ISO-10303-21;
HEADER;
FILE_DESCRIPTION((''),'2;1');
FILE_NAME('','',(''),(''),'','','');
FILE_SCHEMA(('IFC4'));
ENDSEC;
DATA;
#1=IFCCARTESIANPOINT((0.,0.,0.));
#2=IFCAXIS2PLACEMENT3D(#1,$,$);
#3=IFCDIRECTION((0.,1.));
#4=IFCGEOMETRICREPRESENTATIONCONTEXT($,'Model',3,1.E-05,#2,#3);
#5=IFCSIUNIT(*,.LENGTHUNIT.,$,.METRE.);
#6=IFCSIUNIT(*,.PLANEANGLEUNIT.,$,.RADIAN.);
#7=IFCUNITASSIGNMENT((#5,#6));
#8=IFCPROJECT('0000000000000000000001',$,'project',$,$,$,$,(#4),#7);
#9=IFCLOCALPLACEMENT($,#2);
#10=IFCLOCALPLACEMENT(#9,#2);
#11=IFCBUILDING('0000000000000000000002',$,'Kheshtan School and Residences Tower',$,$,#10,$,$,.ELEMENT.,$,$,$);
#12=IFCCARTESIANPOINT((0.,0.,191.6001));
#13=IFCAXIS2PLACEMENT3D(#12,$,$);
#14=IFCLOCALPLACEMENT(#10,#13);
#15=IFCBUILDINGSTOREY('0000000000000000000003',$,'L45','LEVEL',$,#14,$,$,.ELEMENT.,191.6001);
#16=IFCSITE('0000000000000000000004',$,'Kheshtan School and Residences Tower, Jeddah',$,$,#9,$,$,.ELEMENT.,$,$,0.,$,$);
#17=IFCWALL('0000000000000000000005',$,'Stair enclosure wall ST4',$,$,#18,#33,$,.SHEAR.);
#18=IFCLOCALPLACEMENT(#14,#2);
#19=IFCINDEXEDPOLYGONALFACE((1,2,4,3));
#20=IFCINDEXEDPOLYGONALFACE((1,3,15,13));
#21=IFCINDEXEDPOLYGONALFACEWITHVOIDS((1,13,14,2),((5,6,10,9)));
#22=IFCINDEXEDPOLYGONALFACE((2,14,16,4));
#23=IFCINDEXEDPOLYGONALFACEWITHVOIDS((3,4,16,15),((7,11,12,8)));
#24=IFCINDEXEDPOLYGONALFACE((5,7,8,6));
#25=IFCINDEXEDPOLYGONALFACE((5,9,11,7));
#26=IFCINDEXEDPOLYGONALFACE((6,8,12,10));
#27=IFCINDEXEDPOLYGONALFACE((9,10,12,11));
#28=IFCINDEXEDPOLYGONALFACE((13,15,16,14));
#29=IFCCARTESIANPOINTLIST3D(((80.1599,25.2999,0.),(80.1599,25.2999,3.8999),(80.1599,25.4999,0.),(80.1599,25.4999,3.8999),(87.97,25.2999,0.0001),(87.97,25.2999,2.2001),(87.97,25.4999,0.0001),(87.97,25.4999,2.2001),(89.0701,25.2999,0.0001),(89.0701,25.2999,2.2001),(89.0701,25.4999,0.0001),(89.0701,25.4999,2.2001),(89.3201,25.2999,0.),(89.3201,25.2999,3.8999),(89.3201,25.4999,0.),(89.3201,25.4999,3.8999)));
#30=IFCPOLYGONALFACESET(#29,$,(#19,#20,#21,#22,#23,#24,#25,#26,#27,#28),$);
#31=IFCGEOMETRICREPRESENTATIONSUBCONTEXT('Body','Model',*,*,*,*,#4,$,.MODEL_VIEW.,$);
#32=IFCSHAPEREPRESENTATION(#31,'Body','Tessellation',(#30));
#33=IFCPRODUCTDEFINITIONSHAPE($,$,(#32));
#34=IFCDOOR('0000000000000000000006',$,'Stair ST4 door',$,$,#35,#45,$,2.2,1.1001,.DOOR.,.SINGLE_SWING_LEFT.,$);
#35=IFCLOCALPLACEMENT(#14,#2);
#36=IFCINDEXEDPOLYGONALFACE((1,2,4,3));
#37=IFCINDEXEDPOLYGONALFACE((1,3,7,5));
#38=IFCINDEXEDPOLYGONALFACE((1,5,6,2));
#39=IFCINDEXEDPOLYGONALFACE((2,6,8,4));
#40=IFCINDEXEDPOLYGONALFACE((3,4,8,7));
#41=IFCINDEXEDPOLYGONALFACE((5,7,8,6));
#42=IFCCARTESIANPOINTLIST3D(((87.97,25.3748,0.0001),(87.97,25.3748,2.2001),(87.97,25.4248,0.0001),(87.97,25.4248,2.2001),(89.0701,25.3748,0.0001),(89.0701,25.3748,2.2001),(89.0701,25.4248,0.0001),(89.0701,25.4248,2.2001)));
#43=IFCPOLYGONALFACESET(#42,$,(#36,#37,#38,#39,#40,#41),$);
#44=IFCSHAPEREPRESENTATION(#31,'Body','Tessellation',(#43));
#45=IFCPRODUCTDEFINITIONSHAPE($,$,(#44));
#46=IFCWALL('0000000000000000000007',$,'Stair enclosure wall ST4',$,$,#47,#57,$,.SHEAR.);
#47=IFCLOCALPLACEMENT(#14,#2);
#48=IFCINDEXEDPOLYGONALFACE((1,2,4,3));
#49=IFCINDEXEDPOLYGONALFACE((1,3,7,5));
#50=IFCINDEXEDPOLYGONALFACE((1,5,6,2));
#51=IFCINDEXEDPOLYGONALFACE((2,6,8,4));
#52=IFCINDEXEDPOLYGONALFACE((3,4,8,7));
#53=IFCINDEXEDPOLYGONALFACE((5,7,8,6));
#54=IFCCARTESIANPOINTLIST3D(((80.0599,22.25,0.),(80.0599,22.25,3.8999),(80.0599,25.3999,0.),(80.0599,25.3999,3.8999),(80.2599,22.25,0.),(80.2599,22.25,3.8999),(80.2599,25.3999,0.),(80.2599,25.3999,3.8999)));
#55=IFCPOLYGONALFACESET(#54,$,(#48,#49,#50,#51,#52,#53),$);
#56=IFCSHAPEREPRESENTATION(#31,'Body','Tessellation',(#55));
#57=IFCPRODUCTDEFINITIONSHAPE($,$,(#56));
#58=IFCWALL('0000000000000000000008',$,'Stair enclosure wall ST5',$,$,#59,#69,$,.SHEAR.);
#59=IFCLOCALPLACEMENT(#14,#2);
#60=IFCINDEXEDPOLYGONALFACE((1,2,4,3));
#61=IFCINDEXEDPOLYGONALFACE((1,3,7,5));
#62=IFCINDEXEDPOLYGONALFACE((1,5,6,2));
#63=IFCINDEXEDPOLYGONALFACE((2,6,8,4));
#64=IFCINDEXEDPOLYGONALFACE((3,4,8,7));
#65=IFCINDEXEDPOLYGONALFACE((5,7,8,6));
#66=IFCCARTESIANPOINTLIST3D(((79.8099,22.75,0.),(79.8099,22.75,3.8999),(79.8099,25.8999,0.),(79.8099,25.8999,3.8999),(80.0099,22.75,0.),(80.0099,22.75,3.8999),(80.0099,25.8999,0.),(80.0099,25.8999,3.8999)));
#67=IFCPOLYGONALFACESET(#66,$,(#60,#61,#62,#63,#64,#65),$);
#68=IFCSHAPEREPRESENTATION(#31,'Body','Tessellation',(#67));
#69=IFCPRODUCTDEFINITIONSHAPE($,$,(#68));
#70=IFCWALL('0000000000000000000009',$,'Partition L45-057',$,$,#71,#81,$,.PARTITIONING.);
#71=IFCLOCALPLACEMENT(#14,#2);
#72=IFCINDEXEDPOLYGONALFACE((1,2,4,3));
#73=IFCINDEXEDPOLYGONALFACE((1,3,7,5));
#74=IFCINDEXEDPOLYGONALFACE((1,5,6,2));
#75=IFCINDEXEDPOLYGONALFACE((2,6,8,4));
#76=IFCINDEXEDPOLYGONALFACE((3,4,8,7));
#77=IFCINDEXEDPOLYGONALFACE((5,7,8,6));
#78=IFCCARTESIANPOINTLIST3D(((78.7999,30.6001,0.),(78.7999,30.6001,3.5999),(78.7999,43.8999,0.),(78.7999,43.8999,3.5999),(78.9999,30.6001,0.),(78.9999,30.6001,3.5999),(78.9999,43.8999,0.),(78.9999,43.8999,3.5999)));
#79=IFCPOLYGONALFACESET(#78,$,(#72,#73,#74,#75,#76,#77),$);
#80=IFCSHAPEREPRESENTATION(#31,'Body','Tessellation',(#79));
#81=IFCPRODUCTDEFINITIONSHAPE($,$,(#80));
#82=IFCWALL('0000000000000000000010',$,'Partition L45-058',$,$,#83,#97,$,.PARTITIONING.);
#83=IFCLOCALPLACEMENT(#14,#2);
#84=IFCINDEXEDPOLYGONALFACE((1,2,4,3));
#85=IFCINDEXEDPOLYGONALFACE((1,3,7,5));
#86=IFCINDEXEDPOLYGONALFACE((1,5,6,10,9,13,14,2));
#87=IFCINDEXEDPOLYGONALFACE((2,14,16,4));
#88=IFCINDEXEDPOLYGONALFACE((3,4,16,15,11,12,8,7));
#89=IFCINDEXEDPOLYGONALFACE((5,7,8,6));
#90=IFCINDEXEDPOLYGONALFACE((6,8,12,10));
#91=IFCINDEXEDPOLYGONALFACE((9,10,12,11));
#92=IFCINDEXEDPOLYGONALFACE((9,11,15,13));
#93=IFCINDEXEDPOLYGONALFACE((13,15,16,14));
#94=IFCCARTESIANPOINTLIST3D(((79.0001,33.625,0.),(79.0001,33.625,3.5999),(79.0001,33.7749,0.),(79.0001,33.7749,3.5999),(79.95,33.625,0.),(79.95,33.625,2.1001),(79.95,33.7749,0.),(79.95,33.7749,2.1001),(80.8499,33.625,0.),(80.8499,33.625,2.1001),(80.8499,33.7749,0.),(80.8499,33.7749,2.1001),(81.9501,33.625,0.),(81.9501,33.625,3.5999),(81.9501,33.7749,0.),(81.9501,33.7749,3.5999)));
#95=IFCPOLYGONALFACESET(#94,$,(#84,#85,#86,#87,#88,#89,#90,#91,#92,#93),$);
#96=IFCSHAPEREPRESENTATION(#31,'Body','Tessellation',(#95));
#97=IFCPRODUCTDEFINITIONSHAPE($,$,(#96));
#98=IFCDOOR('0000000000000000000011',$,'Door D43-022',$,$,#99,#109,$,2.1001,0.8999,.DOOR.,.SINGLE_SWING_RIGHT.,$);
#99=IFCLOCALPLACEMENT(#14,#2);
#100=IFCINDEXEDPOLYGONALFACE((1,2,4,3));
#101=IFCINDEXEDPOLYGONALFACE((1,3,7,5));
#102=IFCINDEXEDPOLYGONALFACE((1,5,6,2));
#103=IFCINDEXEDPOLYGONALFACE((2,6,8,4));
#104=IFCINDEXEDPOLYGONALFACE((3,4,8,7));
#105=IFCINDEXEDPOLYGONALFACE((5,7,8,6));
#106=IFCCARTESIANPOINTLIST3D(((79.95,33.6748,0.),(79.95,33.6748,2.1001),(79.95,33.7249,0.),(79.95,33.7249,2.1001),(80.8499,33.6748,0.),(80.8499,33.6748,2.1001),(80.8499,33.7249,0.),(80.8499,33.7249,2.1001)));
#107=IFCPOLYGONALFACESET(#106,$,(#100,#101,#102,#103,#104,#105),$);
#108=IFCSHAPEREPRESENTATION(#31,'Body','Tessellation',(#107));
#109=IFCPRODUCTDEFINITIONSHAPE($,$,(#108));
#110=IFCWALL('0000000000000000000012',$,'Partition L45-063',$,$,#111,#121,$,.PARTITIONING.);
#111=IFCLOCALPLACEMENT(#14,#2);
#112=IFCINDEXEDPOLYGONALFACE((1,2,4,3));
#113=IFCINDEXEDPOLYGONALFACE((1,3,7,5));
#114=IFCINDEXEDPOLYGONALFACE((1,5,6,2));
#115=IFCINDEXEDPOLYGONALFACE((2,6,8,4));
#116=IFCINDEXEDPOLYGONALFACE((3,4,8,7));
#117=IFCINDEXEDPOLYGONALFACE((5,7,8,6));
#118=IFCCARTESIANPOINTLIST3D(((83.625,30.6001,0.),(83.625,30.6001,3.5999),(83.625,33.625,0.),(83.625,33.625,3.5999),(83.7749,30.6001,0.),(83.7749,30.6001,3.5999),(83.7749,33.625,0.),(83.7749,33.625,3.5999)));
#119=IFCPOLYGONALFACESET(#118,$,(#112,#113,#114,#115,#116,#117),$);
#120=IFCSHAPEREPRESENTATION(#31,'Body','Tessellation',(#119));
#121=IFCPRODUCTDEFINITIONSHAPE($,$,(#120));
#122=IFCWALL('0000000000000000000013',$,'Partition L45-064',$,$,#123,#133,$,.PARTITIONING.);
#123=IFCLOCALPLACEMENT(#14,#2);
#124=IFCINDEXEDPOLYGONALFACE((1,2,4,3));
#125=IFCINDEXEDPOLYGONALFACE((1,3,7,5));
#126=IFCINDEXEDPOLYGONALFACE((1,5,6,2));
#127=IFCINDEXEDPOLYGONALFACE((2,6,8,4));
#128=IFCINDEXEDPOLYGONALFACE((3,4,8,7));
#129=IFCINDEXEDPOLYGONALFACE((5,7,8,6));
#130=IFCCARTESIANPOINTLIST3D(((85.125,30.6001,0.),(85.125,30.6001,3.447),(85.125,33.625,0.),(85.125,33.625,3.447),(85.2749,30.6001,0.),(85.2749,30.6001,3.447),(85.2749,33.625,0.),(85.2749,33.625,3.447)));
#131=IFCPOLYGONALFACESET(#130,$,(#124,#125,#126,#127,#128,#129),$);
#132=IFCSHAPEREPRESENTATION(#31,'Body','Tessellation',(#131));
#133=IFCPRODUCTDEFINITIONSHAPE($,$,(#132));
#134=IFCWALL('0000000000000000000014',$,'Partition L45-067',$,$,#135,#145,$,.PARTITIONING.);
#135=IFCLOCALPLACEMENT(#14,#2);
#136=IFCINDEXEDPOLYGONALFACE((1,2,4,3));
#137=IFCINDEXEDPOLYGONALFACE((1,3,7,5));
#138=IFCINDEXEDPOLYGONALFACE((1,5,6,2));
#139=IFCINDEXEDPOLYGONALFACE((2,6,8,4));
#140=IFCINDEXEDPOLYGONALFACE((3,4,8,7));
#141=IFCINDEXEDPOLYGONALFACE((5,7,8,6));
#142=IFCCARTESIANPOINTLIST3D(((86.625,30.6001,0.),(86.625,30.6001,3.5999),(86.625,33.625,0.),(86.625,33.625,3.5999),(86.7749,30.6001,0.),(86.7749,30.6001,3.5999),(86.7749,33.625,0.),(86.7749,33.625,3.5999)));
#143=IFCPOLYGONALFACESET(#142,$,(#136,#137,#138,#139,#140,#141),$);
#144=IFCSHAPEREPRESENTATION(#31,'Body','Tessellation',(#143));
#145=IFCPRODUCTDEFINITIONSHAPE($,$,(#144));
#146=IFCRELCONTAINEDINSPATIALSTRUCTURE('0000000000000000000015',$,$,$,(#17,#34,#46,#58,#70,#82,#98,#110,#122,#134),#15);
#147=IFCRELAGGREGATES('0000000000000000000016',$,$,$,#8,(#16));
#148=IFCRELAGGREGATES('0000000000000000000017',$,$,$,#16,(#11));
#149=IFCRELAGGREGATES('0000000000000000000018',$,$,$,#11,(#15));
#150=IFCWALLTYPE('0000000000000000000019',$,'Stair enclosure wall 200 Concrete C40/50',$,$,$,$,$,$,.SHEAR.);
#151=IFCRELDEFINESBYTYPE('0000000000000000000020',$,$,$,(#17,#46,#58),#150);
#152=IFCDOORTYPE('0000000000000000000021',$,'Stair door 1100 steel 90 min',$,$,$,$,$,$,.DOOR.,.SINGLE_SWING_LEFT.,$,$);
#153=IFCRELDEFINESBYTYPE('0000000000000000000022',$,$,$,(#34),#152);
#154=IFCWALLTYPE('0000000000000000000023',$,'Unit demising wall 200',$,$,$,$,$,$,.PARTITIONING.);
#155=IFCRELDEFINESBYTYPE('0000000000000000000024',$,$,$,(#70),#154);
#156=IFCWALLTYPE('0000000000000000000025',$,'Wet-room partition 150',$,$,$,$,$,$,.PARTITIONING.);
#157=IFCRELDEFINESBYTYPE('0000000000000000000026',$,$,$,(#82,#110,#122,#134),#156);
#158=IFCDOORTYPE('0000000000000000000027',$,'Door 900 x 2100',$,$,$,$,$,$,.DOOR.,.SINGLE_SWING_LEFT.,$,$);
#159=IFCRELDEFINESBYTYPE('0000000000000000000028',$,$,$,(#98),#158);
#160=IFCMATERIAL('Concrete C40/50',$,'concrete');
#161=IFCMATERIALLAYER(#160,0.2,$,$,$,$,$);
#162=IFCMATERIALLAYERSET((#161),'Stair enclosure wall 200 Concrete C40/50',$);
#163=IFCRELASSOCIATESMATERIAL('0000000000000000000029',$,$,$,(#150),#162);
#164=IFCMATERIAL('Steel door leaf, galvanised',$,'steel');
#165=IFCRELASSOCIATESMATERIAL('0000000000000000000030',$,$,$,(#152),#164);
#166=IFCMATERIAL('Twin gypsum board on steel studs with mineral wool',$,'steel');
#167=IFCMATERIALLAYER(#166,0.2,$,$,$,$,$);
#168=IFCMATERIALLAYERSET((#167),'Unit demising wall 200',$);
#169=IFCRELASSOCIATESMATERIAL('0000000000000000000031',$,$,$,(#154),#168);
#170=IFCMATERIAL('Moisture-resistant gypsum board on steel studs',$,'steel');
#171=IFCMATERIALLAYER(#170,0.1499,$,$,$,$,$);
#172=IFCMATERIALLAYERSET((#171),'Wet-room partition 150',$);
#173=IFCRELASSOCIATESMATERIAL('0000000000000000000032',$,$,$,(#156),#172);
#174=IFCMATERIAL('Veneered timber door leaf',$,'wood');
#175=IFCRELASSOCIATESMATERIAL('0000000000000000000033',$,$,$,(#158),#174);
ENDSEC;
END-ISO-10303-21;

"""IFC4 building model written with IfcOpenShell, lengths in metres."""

from ifc_helpers import new_model, si_unit, direction, frame, frame_2d, origin, place, context, subcontext, project, spatial, rectangle, extrude, source, transform, mapped, material, layer, layer_set, type_object, element, fill, save


model = new_model("IFC4")

# Units and contexts
model_context = context("Model", 3, precision=1e-05, world=origin(), true_north=direction((0.0, 1.0)))
body_context = subcontext(model_context, "Body", "Model", "MODEL_VIEW")
ifc_project = project(units=[si_unit("LENGTHUNIT", "METRE"), si_unit("PLANEANGLEUNIT", "RADIAN")], contexts=[model_context])

# Site, building, storey
site_placement = place(None, origin())
site = spatial("IfcSite", under=ifc_project, at=site_placement, Name="Kheshtan School and Residences Tower, Jeddah", CompositionType="ELEMENT", RefElevation=0.0)
building_placement = place(site_placement, origin())
building = spatial("IfcBuilding", under=site, at=building_placement, Name="Kheshtan School and Residences Tower", CompositionType="ELEMENT")
storey_placement = place(building_placement, frame((0.0, 0.0, 191.6001)))
storey = spatial("IfcBuildingStorey", under=building, at=storey_placement, Name="L45", Description="LEVEL", CompositionType="ELEMENT", Elevation=191.6001)

# Shared definitions
ifc_material_1 = material(Name="Concrete C40/50", Category="concrete")
ifc_layer_1 = layer(ifc_material_1, 0.2)
ifc_layer_set_1 = layer_set([ifc_layer_1], Name="Stair enclosure wall 200 Concrete C40/50")
wall_type_1 = type_object("IfcWallType", Name="Stair enclosure wall 200 Concrete C40/50", PredefinedType="SHEAR", material=ifc_layer_set_1)

# Wall, opening, door
wall_1_placement = place(storey_placement, frame((80.1599, 25.3999, 0.0), z_axis=(0.0, 0.0, 1.0), x_axis=(1.0, 0.0, 0.0)))
wall_1 = element("IfcWall", 1, at=wall_1_placement, inside=storey, type_object=wall_type_1, Name="Stair enclosure wall ST4", PredefinedType="SHEAR", context=body_context, shape_type="SweptSolid", body=[
    extrude(rectangle(XDim=9.1602, YDim=0.2, at=frame_2d((4.5801, 0.0))), origin(), (0.0, 0.0, 1.0), 3.8999),
])
opening_1_placement = place(wall_1_placement, frame((7.8101, 0.0, 0.0)))
opening_1 = element("IfcOpeningElement", 2, at=opening_1_placement, cuts=wall_1, PredefinedType="OPENING", context=body_context, shape_type="SweptSolid", body=[
    extrude(rectangle(XDim=1.1001, YDim=2.2, at=frame_2d((0.55, 1.1001))), frame((0.0, 0.1099, 0.0), z_axis=(0.0, -1.0, 0.0), x_axis=(1.0, 0.0, 0.0)), (0.0, 0.0, 1.0), 0.22),
])
ifc_material_2 = material(Name="Steel door leaf, galvanised", Category="steel")
door_type_1 = type_object("IfcDoorType", Name="Stair door 1100 steel 90 min", OperationType="SINGLE_SWING_LEFT", PredefinedType="DOOR", material=ifc_material_2)
shared_shape_1 = source(origin(), body_context, "Body", "SweptSolid", [
    extrude(rectangle(XDim=1.1001, YDim=2.2, at=frame_2d((0.55, 1.1001))), frame((0.0, 0.0249, 0.0), z_axis=(0.0, -1.0, 0.0), x_axis=(1.0, 0.0, 0.0)), (0.0, 0.0, 1.0), 0.05),
])
door_1_placement = place(opening_1_placement, origin())
door_1 = element("IfcDoor", 3, at=door_1_placement, inside=storey, type_object=door_type_1, Name="Stair ST4 door", OperationType="SINGLE_SWING_LEFT", OverallHeight=2.2, OverallWidth=1.1001, PredefinedType="DOOR", context=body_context, shape_type="MappedRepresentation", body=[
    mapped(shared_shape_1, transform((0.0, 0.0, 0.0), x_axis=(1.0, 0.0, 0.0), y_axis=(0.0, 1.0, 0.0), z_axis=(0.0, 0.0, 1.0), scale=1.0)),
])
fill(opening_1, door_1)

# Walls
for number, where, z_axis, x_axis, name in (
    (4, (80.1599, 22.25, 0.0), (0.0, 0.0, 1.0), (0.0, 1.0, 0.0), "Stair enclosure wall ST4"),
    (5, (79.9099, 22.75, 0.0), (0.0, 0.0, 1.0), (0.0, 1.0, 0.0), "Stair enclosure wall ST5"),
):
    element("IfcWall", number, at=place(storey_placement, frame(where, z_axis=z_axis, x_axis=x_axis)), inside=storey, type_object=wall_type_1, Name=name, PredefinedType="SHEAR", context=body_context, shape_type="SweptSolid", body=[
        extrude(rectangle(XDim=3.1499, YDim=0.2, at=frame_2d((1.575, 0.0))), origin(), (0.0, 0.0, 1.0), 3.8999),
    ])
ifc_material_3 = material(Name="Twin gypsum board on steel studs with mineral wool", Category="steel")
ifc_layer_2 = layer(ifc_material_3, 0.2)
ifc_layer_set_2 = layer_set([ifc_layer_2], Name="Unit demising wall 200")
wall_type_2 = type_object("IfcWallType", Name="Unit demising wall 200", PredefinedType="PARTITIONING", material=ifc_layer_set_2)
wall_2_placement = place(storey_placement, frame((78.8999, 30.6001, 0.0), z_axis=(0.0, 0.0, 1.0), x_axis=(0.0, 1.0, 0.0)))
element("IfcWall", 6, at=wall_2_placement, inside=storey, type_object=wall_type_2, Name="Partition L45-057", PredefinedType="PARTITIONING", context=body_context, shape_type="SweptSolid", body=[
    extrude(rectangle(XDim=13.2998, YDim=0.2, at=frame_2d((6.6499, 0.0))), origin(), (0.0, 0.0, 1.0), 3.5999),
])

# Wall, opening, door
ifc_material_4 = material(Name="Moisture-resistant gypsum board on steel studs", Category="steel")
ifc_layer_3 = layer(ifc_material_4, 0.1499)
ifc_layer_set_3 = layer_set([ifc_layer_3], Name="Wet-room partition 150")
wall_type_3 = type_object("IfcWallType", Name="Wet-room partition 150", PredefinedType="PARTITIONING", material=ifc_layer_set_3)
wall_3_placement = place(storey_placement, frame((79.0, 33.7, 0.0), z_axis=(0.0, 0.0, 1.0), x_axis=(1.0, 0.0, 0.0)))
wall_3 = element("IfcWall", 7, at=wall_3_placement, inside=storey, type_object=wall_type_3, Name="Partition L45-058", PredefinedType="PARTITIONING", context=body_context, shape_type="SweptSolid", body=[
    extrude(rectangle(XDim=2.95, YDim=0.1499, at=frame_2d((1.4751, 0.0))), origin(), (0.0, 0.0, 1.0), 3.5999),
])
opening_2_placement = place(wall_3_placement, frame((0.95, 0.0, 0.0)))
opening_2 = element("IfcOpeningElement", 8, at=opening_2_placement, cuts=wall_3, PredefinedType="OPENING", context=body_context, shape_type="SweptSolid", body=[
    extrude(rectangle(XDim=0.8999, YDim=2.1001, at=frame_2d((0.45, 1.05))), frame((0.0, 0.085, 0.0), z_axis=(0.0, -1.0, 0.0), x_axis=(1.0, 0.0, 0.0)), (0.0, 0.0, 1.0), 0.1699),
])
ifc_material_5 = material(Name="Veneered timber door leaf", Category="wood")
door_type_2 = type_object("IfcDoorType", Name="Door 900 x 2100", OperationType="SINGLE_SWING_LEFT", PredefinedType="DOOR", material=ifc_material_5)
shared_shape_2 = source(origin(), body_context, "Body", "SweptSolid", [
    extrude(rectangle(XDim=0.8999, YDim=2.1001, at=frame_2d((0.45, 1.05))), frame((0.0, 0.0249, 0.0), z_axis=(0.0, -1.0, 0.0), x_axis=(1.0, 0.0, 0.0)), (0.0, 0.0, 1.0), 0.05),
])
door_2_placement = place(opening_2_placement, origin())
door_2 = element("IfcDoor", 9, at=door_2_placement, inside=storey, type_object=door_type_2, Name="Door D43-022", OperationType="SINGLE_SWING_RIGHT", OverallHeight=2.1001, OverallWidth=0.8999, PredefinedType="DOOR", context=body_context, shape_type="MappedRepresentation", body=[
    mapped(shared_shape_2, transform((0.0, 0.0, 0.0), x_axis=(1.0, 0.0, 0.0), y_axis=(0.0, 1.0, 0.0), z_axis=(0.0, 0.0, 1.0), scale=1.0)),
])
fill(opening_2, door_2)

# Walls
wall_4_placement = place(storey_placement, frame((83.7, 30.6001, 0.0), z_axis=(0.0, 0.0, 1.0), x_axis=(0.0, 1.0, 0.0)))
element("IfcWall", 10, at=wall_4_placement, inside=storey, type_object=wall_type_3, Name="Partition L45-063", PredefinedType="PARTITIONING", context=body_context, shape_type="SweptSolid", body=[
    extrude(rectangle(XDim=3.0249, YDim=0.1499, at=frame_2d((1.5125, 0.0))), origin(), (0.0, 0.0, 1.0), 3.5999),
])
wall_5_placement = place(storey_placement, frame((85.2, 30.6001, 0.0), z_axis=(0.0, 0.0, 1.0), x_axis=(0.0, 1.0, 0.0)))
element("IfcWall", 11, at=wall_5_placement, inside=storey, type_object=wall_type_3, Name="Partition L45-064", PredefinedType="PARTITIONING", context=body_context, shape_type="SweptSolid", body=[
    extrude(rectangle(XDim=3.0249, YDim=0.1499, at=frame_2d((1.5125, 0.0))), origin(), (0.0, 0.0, 1.0), 3.447),
])
wall_6_placement = place(storey_placement, frame((86.7, 30.6001, 0.0), z_axis=(0.0, 0.0, 1.0), x_axis=(0.0, 1.0, 0.0)))
element("IfcWall", 12, at=wall_6_placement, inside=storey, type_object=wall_type_3, Name="Partition L45-067", PredefinedType="PARTITIONING", context=body_context, shape_type="SweptSolid", body=[
    extrude(rectangle(XDim=3.0249, YDim=0.1499, at=frame_2d((1.5125, 0.0))), origin(), (0.0, 0.0, 1.0), 3.5999),
])

save(model, "model.ifc")
